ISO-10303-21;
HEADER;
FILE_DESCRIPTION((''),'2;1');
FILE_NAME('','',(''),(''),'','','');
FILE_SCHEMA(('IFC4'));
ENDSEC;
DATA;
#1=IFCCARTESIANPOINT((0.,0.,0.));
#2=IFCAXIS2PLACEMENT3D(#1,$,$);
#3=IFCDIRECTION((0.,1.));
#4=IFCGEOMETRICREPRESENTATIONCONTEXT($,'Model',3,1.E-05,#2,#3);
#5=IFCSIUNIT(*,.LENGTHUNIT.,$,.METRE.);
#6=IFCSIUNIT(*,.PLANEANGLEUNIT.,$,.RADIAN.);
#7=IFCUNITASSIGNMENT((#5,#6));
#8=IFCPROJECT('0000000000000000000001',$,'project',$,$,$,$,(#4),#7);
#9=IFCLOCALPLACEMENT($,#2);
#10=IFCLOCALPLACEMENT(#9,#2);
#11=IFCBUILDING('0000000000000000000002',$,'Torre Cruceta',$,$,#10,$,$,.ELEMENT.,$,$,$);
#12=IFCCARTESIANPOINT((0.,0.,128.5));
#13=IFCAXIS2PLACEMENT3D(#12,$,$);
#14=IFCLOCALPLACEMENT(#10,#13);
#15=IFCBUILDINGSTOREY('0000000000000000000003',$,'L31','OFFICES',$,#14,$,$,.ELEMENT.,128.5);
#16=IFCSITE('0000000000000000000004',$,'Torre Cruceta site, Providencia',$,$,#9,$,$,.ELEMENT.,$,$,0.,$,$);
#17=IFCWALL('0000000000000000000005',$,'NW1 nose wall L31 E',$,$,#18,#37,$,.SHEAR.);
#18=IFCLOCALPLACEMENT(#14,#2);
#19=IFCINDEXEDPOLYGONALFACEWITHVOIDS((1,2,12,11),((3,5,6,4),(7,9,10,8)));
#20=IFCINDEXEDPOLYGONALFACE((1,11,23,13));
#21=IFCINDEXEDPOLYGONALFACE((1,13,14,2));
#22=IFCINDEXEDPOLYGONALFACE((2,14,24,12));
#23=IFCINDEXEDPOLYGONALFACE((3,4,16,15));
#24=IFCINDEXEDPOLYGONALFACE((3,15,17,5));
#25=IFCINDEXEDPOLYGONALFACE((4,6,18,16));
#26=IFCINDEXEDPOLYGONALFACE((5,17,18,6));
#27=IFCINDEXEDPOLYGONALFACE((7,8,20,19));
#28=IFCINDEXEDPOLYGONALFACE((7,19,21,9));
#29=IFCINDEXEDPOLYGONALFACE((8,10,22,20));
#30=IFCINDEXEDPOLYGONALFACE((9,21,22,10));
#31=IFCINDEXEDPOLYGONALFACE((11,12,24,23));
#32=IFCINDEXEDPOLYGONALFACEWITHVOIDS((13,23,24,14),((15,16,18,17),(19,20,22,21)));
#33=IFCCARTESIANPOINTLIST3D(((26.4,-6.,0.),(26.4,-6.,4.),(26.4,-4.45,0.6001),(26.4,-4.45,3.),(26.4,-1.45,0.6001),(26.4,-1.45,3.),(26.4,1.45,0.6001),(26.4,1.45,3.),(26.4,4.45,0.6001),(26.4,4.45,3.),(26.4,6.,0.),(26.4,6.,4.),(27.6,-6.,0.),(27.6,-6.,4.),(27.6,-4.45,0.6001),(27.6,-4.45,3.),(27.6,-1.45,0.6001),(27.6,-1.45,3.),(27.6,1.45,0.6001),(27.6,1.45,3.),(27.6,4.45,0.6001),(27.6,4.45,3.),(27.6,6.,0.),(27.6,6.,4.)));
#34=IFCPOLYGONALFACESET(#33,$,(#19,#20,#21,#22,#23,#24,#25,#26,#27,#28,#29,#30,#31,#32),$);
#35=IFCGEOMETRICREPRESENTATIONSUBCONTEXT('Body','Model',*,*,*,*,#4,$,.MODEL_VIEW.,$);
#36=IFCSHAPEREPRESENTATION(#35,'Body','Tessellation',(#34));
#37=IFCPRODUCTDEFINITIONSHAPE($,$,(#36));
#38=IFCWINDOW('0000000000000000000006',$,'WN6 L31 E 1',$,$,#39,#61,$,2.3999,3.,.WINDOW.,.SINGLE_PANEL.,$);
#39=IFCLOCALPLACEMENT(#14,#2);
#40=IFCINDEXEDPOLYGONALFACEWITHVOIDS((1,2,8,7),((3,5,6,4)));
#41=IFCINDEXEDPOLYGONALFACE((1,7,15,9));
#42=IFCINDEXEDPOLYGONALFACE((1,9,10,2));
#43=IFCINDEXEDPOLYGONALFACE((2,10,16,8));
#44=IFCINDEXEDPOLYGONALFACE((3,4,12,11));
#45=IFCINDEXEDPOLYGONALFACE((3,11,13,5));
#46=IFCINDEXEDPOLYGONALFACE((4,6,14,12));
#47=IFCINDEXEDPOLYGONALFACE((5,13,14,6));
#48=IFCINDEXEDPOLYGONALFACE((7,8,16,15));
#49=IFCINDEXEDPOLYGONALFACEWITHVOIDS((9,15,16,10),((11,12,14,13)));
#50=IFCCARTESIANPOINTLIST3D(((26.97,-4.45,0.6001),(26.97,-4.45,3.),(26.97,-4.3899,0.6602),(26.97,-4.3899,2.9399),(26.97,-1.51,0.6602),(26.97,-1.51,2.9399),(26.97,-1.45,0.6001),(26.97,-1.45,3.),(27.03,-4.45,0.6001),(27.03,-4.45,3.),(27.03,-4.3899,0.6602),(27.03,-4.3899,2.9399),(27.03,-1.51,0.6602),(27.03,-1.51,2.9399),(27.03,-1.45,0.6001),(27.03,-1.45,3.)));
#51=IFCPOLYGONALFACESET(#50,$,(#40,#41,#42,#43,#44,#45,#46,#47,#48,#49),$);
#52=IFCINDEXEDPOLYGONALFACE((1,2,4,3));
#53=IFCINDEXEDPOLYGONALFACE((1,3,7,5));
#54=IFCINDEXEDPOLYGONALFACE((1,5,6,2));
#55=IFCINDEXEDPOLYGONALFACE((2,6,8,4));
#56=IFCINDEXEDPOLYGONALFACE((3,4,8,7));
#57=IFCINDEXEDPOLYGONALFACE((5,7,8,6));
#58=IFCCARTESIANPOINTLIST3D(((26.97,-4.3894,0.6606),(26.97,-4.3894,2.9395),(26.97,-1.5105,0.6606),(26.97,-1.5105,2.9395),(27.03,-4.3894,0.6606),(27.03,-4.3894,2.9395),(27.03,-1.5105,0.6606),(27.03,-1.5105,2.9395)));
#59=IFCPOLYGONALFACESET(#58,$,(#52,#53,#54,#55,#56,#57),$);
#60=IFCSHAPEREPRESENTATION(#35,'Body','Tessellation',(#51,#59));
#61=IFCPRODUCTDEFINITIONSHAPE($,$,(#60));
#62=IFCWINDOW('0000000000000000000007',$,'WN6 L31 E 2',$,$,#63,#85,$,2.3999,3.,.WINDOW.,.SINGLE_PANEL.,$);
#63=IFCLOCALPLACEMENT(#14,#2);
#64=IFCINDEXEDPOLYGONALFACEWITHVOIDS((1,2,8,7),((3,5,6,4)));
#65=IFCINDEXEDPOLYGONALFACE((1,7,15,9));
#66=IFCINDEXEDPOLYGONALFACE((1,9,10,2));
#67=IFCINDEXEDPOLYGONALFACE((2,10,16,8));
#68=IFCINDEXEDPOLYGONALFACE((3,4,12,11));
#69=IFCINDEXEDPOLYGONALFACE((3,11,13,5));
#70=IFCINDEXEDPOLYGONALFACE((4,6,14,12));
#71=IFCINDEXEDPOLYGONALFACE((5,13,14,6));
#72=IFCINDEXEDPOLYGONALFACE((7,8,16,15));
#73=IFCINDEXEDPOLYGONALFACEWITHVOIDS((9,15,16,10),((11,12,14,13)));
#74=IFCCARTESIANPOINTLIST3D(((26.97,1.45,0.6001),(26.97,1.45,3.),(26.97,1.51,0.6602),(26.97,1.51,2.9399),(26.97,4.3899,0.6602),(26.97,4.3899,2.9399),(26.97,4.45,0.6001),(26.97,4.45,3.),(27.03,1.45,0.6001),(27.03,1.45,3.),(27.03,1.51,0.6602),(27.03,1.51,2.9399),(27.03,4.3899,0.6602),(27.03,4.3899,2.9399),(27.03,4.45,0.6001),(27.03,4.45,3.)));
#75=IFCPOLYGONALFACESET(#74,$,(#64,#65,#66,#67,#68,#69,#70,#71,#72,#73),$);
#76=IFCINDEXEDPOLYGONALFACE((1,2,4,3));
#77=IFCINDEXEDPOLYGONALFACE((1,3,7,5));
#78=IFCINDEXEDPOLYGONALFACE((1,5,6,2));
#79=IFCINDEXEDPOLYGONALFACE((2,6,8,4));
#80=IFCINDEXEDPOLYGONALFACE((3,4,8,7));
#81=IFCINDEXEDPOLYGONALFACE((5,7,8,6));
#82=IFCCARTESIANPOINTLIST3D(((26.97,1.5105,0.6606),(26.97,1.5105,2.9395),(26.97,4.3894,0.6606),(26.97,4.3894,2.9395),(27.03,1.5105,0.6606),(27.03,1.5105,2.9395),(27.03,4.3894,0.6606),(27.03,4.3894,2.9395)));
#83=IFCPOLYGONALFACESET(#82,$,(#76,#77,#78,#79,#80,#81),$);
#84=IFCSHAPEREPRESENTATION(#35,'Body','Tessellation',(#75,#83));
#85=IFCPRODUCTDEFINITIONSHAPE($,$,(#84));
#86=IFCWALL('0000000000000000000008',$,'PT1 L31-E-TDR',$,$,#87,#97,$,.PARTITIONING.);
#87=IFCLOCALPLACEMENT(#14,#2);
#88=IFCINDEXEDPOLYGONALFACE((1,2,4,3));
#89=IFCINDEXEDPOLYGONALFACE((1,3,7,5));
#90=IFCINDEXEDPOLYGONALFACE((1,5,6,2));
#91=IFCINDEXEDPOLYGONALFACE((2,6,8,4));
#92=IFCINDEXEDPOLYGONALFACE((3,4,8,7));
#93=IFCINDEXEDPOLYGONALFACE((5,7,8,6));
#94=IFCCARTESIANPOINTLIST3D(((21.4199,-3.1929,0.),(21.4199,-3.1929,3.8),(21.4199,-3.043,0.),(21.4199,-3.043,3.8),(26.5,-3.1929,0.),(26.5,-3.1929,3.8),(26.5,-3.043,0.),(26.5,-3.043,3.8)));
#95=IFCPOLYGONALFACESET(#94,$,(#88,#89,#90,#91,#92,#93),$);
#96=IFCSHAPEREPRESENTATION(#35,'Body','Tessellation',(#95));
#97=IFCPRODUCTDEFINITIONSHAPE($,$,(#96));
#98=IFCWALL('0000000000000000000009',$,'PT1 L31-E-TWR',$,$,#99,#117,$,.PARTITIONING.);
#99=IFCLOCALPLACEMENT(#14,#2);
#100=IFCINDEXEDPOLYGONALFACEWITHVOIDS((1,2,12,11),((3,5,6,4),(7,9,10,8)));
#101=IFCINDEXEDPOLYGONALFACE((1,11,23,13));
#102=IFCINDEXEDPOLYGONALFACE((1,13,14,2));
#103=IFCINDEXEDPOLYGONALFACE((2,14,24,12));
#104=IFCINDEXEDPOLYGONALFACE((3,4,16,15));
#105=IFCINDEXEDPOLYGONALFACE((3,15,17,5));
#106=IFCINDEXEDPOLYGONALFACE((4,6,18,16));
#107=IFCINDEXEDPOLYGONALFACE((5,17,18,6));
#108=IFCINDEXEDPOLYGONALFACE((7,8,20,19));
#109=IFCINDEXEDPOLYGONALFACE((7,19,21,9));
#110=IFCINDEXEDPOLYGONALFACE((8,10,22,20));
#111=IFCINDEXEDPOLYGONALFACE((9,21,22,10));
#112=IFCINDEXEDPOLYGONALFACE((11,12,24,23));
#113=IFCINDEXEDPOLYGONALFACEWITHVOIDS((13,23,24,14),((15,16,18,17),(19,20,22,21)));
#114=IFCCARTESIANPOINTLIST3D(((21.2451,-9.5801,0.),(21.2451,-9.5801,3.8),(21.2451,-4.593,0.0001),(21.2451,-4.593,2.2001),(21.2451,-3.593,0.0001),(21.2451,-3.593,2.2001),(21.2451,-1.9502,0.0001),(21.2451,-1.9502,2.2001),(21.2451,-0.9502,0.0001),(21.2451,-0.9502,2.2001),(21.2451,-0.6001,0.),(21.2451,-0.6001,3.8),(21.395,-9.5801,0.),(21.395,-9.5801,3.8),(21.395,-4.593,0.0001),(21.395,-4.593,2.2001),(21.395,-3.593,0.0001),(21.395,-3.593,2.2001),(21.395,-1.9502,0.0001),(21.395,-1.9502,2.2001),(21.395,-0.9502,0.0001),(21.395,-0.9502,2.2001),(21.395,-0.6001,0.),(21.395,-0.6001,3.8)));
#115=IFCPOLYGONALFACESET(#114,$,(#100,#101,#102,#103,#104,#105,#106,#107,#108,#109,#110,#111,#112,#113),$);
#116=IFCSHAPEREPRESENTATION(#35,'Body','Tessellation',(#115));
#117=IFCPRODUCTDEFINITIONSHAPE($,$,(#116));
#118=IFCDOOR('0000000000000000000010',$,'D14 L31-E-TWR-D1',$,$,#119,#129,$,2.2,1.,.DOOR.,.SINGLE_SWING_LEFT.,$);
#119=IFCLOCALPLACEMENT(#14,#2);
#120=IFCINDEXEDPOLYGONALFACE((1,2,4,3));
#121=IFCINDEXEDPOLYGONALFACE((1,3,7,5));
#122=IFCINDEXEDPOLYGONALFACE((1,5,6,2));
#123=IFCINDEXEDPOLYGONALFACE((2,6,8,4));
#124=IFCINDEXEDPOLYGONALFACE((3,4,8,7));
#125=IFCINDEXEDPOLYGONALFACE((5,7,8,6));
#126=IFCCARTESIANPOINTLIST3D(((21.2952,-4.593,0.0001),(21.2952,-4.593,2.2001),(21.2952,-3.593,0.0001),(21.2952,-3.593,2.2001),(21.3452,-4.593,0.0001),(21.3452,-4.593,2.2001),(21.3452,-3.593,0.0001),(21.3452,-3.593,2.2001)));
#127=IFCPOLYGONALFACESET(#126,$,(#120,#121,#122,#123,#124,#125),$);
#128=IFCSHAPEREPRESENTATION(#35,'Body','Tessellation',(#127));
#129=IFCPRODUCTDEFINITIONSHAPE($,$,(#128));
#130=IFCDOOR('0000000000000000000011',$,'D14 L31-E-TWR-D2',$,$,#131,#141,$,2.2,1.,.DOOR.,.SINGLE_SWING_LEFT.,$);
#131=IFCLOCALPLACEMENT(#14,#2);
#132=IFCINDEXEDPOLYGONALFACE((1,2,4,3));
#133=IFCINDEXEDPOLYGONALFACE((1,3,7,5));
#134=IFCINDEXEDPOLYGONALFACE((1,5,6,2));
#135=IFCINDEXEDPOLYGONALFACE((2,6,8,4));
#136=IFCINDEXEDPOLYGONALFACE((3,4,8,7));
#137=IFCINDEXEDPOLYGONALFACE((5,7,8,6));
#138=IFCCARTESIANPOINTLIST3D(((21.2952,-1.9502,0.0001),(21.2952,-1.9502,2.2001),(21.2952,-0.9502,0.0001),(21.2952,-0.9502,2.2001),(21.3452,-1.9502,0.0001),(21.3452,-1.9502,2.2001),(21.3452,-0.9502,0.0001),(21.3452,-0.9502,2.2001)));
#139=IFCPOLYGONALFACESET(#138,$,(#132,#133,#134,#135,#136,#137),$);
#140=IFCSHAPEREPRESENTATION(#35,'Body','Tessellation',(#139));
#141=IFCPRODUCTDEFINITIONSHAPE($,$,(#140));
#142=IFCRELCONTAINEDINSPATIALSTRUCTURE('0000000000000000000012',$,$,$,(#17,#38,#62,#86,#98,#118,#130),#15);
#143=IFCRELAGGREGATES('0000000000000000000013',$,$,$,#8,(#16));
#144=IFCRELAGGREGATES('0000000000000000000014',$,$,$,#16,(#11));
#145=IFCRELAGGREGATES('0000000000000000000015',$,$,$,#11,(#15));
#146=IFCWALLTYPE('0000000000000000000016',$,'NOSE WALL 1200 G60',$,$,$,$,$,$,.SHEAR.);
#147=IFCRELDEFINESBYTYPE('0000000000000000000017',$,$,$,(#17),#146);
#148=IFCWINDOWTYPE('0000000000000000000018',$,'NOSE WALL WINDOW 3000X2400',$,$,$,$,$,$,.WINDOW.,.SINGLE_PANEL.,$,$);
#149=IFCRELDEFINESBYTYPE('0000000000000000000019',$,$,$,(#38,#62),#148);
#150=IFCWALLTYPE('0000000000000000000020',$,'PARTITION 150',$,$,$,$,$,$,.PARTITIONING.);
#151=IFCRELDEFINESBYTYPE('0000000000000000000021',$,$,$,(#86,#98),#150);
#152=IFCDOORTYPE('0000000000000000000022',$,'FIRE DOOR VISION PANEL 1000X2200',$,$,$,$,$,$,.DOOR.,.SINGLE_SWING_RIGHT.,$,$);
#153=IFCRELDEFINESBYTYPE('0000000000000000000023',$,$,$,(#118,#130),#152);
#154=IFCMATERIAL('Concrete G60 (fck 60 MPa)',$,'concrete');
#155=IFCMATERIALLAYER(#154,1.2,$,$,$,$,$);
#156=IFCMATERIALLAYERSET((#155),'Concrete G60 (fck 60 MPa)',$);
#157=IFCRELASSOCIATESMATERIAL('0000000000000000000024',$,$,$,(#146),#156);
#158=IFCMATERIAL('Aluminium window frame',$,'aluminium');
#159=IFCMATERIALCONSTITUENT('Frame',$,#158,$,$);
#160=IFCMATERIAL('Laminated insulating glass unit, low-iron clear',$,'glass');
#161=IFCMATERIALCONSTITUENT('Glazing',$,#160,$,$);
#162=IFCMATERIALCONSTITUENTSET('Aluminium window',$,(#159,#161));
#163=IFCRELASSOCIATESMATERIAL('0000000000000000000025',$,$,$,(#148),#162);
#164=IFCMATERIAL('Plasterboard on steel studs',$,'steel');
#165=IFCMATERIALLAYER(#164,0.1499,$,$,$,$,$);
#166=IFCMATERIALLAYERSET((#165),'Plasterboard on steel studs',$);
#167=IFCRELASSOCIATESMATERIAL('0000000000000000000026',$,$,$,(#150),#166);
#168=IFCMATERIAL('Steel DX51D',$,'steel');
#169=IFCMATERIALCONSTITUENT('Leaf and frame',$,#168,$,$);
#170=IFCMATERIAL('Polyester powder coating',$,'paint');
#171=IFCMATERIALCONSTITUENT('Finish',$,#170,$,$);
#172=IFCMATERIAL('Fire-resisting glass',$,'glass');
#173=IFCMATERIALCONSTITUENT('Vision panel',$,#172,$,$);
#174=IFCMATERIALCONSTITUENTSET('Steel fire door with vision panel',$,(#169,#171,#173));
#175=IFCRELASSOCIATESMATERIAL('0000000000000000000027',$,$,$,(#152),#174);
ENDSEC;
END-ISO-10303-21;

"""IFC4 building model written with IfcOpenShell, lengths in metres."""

from ifc_helpers import new_model, si_unit, direction, frame, frame_2d, origin, place, context, subcontext, project, spatial, rectangle, hollow_rectangle, extrude, material, layer, layer_set, constituent, constituent_set, type_object, element, fill, save


model = new_model("IFC4")

# Units and contexts
model_context = context("Model", 3, precision=1e-05, world=origin(), true_north=direction((0.0, 1.0)))
body_context = subcontext(model_context, "Body", "Model", "MODEL_VIEW")
ifc_project = project(units=[si_unit("LENGTHUNIT", "METRE"), si_unit("PLANEANGLEUNIT", "RADIAN")], contexts=[model_context])

# Site, building, storey
site_placement = place(None, origin())
site = spatial("IfcSite", under=ifc_project, at=site_placement, Name="Torre Cruceta site, Providencia", CompositionType="ELEMENT", RefElevation=0.0)
building_placement = place(site_placement, origin())
building = spatial("IfcBuilding", under=site, at=building_placement, Name="Torre Cruceta", CompositionType="ELEMENT")
storey_placement = place(building_placement, frame((0.0, 0.0, 128.5)))
storey = spatial("IfcBuildingStorey", under=building, at=storey_placement, Name="L31", Description="OFFICES", CompositionType="ELEMENT", Elevation=128.5)

# Wall, openings, windows
ifc_material_1 = material(Name="Concrete G60 (fck 60 MPa)", Category="concrete")
ifc_layer_1 = layer(ifc_material_1, 1.2)
ifc_layer_set_1 = layer_set([ifc_layer_1], Name="Concrete G60 (fck 60 MPa)")
wall_type_1 = type_object("IfcWallType", Name="NOSE WALL 1200 G60", PredefinedType="SHEAR", material=ifc_layer_set_1)
wall_1_placement = place(storey_placement, frame((27.0, -6.0, 0.0), z_axis=(0.0, 0.0, 1.0), x_axis=(0.0, 1.0, 0.0)))
wall_1 = element("IfcWall", 1, at=wall_1_placement, inside=storey, type_object=wall_type_1, Name="NW1 nose wall L31 E", PredefinedType="SHEAR", context=body_context, shape_type="SweptSolid", body=[
    extrude(rectangle(XDim=12.0, YDim=1.2, at=frame_2d((6.0, 0.0))), origin(), (0.0, 0.0, 1.0), 4.0),
])
opening_1_placement = place(wall_1_placement, frame((1.55, 0.0, 0.6001)))
opening_1 = element("IfcOpeningElement", 2, at=opening_1_placement, cuts=wall_1, PredefinedType="OPENING", context=body_context, shape_type="SweptSolid", body=[
    extrude(rectangle(XDim=3.0, YDim=2.3999, at=frame_2d((1.5, 1.2))), frame((0.0, 0.6099, 0.0), z_axis=(0.0, -1.0, 0.0), x_axis=(1.0, 0.0, 0.0)), (0.0, 0.0, 1.0), 1.22),
])
opening_2_placement = place(wall_1_placement, frame((7.45, 0.0, 0.6001)))
opening_2 = element("IfcOpeningElement", 3, at=opening_2_placement, cuts=wall_1, PredefinedType="OPENING", context=body_context, shape_type="SweptSolid", body=[
    extrude(rectangle(XDim=3.0, YDim=2.3999, at=frame_2d((1.5, 1.2))), frame((0.0, 0.6099, 0.0), z_axis=(0.0, -1.0, 0.0), x_axis=(1.0, 0.0, 0.0)), (0.0, 0.0, 1.0), 1.22),
])
ifc_material_2 = material(Name="Aluminium window frame", Category="aluminium")
ifc_constituent_1 = constituent(ifc_material_2, Name="Frame")
ifc_material_3 = material(Name="Laminated insulating glass unit, low-iron clear", Category="glass")
ifc_constituent_2 = constituent(ifc_material_3, Name="Glazing")
ifc_constituent_set_1 = constituent_set(constituents=[ifc_constituent_1, ifc_constituent_2], Name="Aluminium window")
window_type_1 = type_object("IfcWindowType", Name="NOSE WALL WINDOW 3000X2400", PartitioningType="SINGLE_PANEL", PredefinedType="WINDOW", material=ifc_constituent_set_1)
window_1_placement = place(opening_1_placement, origin())
window_1 = element("IfcWindow", 4, at=window_1_placement, inside=storey, type_object=window_type_1, Name="WN6 L31 E 1", OverallHeight=2.3999, OverallWidth=3.0, PartitioningType="SINGLE_PANEL", PredefinedType="WINDOW", context=body_context, shape_type="SweptSolid", body=[
    extrude(hollow_rectangle(XDim=3.0, YDim=2.3999, WallThickness=0.0601, at=frame_2d((1.5, 1.2))), frame((0.0, 0.03, 0.0), z_axis=(0.0, -1.0, 0.0), x_axis=(1.0, 0.0, 0.0)), (0.0, 0.0, 1.0), 0.0601),
    extrude(rectangle(XDim=2.8789, YDim=2.2788, at=frame_2d((1.5, 1.2))), frame((0.0, 0.03, 0.0), z_axis=(0.0, -1.0, 0.0), x_axis=(1.0, 0.0, 0.0)), (0.0, 0.0, 1.0), 0.0601),
])
fill(opening_1, window_1)
window_2_placement = place(opening_2_placement, origin())
window_2 = element("IfcWindow", 5, at=window_2_placement, inside=storey, type_object=window_type_1, Name="WN6 L31 E 2", OverallHeight=2.3999, OverallWidth=3.0, PartitioningType="SINGLE_PANEL", PredefinedType="WINDOW", context=body_context, shape_type="SweptSolid", body=[
    extrude(hollow_rectangle(XDim=3.0, YDim=2.3999, WallThickness=0.0601, at=frame_2d((1.5, 1.2))), frame((0.0, 0.03, 0.0), z_axis=(0.0, -1.0, 0.0), x_axis=(1.0, 0.0, 0.0)), (0.0, 0.0, 1.0), 0.0601),
    extrude(rectangle(XDim=2.8789, YDim=2.2788, at=frame_2d((1.5, 1.2))), frame((0.0, 0.03, 0.0), z_axis=(0.0, -1.0, 0.0), x_axis=(1.0, 0.0, 0.0)), (0.0, 0.0, 1.0), 0.0601),
])
fill(opening_2, window_2)

# Wall
ifc_material_4 = material(Name="Plasterboard on steel studs", Category="steel")
ifc_layer_2 = layer(ifc_material_4, 0.1499)
ifc_layer_set_2 = layer_set([ifc_layer_2], Name="Plasterboard on steel studs")
wall_type_2 = type_object("IfcWallType", Name="PARTITION 150", PredefinedType="PARTITIONING", material=ifc_layer_set_2)
wall_2_placement = place(storey_placement, frame((21.4199, -3.1179, 0.0), z_axis=(0.0, 0.0, 1.0), x_axis=(1.0, 0.0, 0.0)))
element("IfcWall", 6, at=wall_2_placement, inside=storey, type_object=wall_type_2, Name="PT1 L31-E-TDR", PredefinedType="PARTITIONING", context=body_context, shape_type="SweptSolid", body=[
    extrude(rectangle(XDim=5.0801, YDim=0.1499, at=frame_2d((2.54, 0.0))), origin(), (0.0, 0.0, 1.0), 3.8),
])

# Wall, openings, doors
wall_3_placement = place(storey_placement, frame((21.3201, -9.5801, 0.0), z_axis=(0.0, 0.0, 1.0), x_axis=(0.0, 1.0, 0.0)))
wall_3 = element("IfcWall", 7, at=wall_3_placement, inside=storey, type_object=wall_type_2, Name="PT1 L31-E-TWR", PredefinedType="PARTITIONING", context=body_context, shape_type="SweptSolid", body=[
    extrude(rectangle(XDim=8.98, YDim=0.1499, at=frame_2d((4.49, 0.0))), origin(), (0.0, 0.0, 1.0), 3.8),
])
opening_3_placement = place(wall_3_placement, frame((4.9871, 0.0, 0.0)))
opening_3 = element("IfcOpeningElement", 8, at=opening_3_placement, cuts=wall_3, PredefinedType="OPENING", context=body_context, shape_type="SweptSolid", body=[
    extrude(rectangle(XDim=1.0, YDim=2.2, at=frame_2d((0.5, 1.1001))), frame((0.0, 0.085, 0.0), z_axis=(0.0, -1.0, 0.0), x_axis=(1.0, 0.0, 0.0)), (0.0, 0.0, 1.0), 0.1699),
])
opening_4_placement = place(wall_3_placement, frame((7.6299, 0.0, 0.0)))
opening_4 = element("IfcOpeningElement", 9, at=opening_4_placement, cuts=wall_3, PredefinedType="OPENING", context=body_context, shape_type="SweptSolid", body=[
    extrude(rectangle(XDim=1.0, YDim=2.2, at=frame_2d((0.5, 1.1001))), frame((0.0, 0.085, 0.0), z_axis=(0.0, -1.0, 0.0), x_axis=(1.0, 0.0, 0.0)), (0.0, 0.0, 1.0), 0.1699),
])
ifc_material_5 = material(Name="Steel DX51D", Category="steel")
ifc_constituent_3 = constituent(ifc_material_5, Name="Leaf and frame")
ifc_material_6 = material(Name="Polyester powder coating", Category="paint")
ifc_constituent_4 = constituent(ifc_material_6, Name="Finish")
ifc_material_7 = material(Name="Fire-resisting glass", Category="glass")
ifc_constituent_5 = constituent(ifc_material_7, Name="Vision panel")
ifc_constituent_set_2 = constituent_set(constituents=[ifc_constituent_3, ifc_constituent_4, ifc_constituent_5], Name="Steel fire door with vision panel")
door_type = type_object("IfcDoorType", Name="FIRE DOOR VISION PANEL 1000X2200", OperationType="SINGLE_SWING_RIGHT", PredefinedType="DOOR", material=ifc_constituent_set_2)
door_1_placement = place(opening_3_placement, frame((1.0, 0.0, 0.0), z_axis=(0.0, 0.0, 1.0), x_axis=(-1.0, 0.0, 0.0)))
door_1 = element("IfcDoor", 10, at=door_1_placement, inside=storey, type_object=door_type, Name="D14 L31-E-TWR-D1", OperationType="SINGLE_SWING_LEFT", OverallHeight=2.2, OverallWidth=1.0, PredefinedType="DOOR", context=body_context, shape_type="SweptSolid", body=[
    extrude(rectangle(XDim=1.0, YDim=2.2, at=frame_2d((0.5, 1.1001))), frame((0.0, 0.0251, 0.0), z_axis=(0.0, -1.0, 0.0), x_axis=(1.0, 0.0, 0.0)), (0.0, 0.0, 1.0), 0.05),
])
fill(opening_3, door_1)
door_2_placement = place(opening_4_placement, frame((1.0, 0.0, 0.0), z_axis=(0.0, 0.0, 1.0), x_axis=(-1.0, 0.0, 0.0)))
door_2 = element("IfcDoor", 11, at=door_2_placement, inside=storey, type_object=door_type, Name="D14 L31-E-TWR-D2", OperationType="SINGLE_SWING_LEFT", OverallHeight=2.2, OverallWidth=1.0, PredefinedType="DOOR", context=body_context, shape_type="SweptSolid", body=[
    extrude(rectangle(XDim=1.0, YDim=2.2, at=frame_2d((0.5, 1.1001))), frame((0.0, 0.0251, 0.0), z_axis=(0.0, -1.0, 0.0), x_axis=(1.0, 0.0, 0.0)), (0.0, 0.0, 1.0), 0.05),
])
fill(opening_4, door_2)

save(model, "model.ifc")
